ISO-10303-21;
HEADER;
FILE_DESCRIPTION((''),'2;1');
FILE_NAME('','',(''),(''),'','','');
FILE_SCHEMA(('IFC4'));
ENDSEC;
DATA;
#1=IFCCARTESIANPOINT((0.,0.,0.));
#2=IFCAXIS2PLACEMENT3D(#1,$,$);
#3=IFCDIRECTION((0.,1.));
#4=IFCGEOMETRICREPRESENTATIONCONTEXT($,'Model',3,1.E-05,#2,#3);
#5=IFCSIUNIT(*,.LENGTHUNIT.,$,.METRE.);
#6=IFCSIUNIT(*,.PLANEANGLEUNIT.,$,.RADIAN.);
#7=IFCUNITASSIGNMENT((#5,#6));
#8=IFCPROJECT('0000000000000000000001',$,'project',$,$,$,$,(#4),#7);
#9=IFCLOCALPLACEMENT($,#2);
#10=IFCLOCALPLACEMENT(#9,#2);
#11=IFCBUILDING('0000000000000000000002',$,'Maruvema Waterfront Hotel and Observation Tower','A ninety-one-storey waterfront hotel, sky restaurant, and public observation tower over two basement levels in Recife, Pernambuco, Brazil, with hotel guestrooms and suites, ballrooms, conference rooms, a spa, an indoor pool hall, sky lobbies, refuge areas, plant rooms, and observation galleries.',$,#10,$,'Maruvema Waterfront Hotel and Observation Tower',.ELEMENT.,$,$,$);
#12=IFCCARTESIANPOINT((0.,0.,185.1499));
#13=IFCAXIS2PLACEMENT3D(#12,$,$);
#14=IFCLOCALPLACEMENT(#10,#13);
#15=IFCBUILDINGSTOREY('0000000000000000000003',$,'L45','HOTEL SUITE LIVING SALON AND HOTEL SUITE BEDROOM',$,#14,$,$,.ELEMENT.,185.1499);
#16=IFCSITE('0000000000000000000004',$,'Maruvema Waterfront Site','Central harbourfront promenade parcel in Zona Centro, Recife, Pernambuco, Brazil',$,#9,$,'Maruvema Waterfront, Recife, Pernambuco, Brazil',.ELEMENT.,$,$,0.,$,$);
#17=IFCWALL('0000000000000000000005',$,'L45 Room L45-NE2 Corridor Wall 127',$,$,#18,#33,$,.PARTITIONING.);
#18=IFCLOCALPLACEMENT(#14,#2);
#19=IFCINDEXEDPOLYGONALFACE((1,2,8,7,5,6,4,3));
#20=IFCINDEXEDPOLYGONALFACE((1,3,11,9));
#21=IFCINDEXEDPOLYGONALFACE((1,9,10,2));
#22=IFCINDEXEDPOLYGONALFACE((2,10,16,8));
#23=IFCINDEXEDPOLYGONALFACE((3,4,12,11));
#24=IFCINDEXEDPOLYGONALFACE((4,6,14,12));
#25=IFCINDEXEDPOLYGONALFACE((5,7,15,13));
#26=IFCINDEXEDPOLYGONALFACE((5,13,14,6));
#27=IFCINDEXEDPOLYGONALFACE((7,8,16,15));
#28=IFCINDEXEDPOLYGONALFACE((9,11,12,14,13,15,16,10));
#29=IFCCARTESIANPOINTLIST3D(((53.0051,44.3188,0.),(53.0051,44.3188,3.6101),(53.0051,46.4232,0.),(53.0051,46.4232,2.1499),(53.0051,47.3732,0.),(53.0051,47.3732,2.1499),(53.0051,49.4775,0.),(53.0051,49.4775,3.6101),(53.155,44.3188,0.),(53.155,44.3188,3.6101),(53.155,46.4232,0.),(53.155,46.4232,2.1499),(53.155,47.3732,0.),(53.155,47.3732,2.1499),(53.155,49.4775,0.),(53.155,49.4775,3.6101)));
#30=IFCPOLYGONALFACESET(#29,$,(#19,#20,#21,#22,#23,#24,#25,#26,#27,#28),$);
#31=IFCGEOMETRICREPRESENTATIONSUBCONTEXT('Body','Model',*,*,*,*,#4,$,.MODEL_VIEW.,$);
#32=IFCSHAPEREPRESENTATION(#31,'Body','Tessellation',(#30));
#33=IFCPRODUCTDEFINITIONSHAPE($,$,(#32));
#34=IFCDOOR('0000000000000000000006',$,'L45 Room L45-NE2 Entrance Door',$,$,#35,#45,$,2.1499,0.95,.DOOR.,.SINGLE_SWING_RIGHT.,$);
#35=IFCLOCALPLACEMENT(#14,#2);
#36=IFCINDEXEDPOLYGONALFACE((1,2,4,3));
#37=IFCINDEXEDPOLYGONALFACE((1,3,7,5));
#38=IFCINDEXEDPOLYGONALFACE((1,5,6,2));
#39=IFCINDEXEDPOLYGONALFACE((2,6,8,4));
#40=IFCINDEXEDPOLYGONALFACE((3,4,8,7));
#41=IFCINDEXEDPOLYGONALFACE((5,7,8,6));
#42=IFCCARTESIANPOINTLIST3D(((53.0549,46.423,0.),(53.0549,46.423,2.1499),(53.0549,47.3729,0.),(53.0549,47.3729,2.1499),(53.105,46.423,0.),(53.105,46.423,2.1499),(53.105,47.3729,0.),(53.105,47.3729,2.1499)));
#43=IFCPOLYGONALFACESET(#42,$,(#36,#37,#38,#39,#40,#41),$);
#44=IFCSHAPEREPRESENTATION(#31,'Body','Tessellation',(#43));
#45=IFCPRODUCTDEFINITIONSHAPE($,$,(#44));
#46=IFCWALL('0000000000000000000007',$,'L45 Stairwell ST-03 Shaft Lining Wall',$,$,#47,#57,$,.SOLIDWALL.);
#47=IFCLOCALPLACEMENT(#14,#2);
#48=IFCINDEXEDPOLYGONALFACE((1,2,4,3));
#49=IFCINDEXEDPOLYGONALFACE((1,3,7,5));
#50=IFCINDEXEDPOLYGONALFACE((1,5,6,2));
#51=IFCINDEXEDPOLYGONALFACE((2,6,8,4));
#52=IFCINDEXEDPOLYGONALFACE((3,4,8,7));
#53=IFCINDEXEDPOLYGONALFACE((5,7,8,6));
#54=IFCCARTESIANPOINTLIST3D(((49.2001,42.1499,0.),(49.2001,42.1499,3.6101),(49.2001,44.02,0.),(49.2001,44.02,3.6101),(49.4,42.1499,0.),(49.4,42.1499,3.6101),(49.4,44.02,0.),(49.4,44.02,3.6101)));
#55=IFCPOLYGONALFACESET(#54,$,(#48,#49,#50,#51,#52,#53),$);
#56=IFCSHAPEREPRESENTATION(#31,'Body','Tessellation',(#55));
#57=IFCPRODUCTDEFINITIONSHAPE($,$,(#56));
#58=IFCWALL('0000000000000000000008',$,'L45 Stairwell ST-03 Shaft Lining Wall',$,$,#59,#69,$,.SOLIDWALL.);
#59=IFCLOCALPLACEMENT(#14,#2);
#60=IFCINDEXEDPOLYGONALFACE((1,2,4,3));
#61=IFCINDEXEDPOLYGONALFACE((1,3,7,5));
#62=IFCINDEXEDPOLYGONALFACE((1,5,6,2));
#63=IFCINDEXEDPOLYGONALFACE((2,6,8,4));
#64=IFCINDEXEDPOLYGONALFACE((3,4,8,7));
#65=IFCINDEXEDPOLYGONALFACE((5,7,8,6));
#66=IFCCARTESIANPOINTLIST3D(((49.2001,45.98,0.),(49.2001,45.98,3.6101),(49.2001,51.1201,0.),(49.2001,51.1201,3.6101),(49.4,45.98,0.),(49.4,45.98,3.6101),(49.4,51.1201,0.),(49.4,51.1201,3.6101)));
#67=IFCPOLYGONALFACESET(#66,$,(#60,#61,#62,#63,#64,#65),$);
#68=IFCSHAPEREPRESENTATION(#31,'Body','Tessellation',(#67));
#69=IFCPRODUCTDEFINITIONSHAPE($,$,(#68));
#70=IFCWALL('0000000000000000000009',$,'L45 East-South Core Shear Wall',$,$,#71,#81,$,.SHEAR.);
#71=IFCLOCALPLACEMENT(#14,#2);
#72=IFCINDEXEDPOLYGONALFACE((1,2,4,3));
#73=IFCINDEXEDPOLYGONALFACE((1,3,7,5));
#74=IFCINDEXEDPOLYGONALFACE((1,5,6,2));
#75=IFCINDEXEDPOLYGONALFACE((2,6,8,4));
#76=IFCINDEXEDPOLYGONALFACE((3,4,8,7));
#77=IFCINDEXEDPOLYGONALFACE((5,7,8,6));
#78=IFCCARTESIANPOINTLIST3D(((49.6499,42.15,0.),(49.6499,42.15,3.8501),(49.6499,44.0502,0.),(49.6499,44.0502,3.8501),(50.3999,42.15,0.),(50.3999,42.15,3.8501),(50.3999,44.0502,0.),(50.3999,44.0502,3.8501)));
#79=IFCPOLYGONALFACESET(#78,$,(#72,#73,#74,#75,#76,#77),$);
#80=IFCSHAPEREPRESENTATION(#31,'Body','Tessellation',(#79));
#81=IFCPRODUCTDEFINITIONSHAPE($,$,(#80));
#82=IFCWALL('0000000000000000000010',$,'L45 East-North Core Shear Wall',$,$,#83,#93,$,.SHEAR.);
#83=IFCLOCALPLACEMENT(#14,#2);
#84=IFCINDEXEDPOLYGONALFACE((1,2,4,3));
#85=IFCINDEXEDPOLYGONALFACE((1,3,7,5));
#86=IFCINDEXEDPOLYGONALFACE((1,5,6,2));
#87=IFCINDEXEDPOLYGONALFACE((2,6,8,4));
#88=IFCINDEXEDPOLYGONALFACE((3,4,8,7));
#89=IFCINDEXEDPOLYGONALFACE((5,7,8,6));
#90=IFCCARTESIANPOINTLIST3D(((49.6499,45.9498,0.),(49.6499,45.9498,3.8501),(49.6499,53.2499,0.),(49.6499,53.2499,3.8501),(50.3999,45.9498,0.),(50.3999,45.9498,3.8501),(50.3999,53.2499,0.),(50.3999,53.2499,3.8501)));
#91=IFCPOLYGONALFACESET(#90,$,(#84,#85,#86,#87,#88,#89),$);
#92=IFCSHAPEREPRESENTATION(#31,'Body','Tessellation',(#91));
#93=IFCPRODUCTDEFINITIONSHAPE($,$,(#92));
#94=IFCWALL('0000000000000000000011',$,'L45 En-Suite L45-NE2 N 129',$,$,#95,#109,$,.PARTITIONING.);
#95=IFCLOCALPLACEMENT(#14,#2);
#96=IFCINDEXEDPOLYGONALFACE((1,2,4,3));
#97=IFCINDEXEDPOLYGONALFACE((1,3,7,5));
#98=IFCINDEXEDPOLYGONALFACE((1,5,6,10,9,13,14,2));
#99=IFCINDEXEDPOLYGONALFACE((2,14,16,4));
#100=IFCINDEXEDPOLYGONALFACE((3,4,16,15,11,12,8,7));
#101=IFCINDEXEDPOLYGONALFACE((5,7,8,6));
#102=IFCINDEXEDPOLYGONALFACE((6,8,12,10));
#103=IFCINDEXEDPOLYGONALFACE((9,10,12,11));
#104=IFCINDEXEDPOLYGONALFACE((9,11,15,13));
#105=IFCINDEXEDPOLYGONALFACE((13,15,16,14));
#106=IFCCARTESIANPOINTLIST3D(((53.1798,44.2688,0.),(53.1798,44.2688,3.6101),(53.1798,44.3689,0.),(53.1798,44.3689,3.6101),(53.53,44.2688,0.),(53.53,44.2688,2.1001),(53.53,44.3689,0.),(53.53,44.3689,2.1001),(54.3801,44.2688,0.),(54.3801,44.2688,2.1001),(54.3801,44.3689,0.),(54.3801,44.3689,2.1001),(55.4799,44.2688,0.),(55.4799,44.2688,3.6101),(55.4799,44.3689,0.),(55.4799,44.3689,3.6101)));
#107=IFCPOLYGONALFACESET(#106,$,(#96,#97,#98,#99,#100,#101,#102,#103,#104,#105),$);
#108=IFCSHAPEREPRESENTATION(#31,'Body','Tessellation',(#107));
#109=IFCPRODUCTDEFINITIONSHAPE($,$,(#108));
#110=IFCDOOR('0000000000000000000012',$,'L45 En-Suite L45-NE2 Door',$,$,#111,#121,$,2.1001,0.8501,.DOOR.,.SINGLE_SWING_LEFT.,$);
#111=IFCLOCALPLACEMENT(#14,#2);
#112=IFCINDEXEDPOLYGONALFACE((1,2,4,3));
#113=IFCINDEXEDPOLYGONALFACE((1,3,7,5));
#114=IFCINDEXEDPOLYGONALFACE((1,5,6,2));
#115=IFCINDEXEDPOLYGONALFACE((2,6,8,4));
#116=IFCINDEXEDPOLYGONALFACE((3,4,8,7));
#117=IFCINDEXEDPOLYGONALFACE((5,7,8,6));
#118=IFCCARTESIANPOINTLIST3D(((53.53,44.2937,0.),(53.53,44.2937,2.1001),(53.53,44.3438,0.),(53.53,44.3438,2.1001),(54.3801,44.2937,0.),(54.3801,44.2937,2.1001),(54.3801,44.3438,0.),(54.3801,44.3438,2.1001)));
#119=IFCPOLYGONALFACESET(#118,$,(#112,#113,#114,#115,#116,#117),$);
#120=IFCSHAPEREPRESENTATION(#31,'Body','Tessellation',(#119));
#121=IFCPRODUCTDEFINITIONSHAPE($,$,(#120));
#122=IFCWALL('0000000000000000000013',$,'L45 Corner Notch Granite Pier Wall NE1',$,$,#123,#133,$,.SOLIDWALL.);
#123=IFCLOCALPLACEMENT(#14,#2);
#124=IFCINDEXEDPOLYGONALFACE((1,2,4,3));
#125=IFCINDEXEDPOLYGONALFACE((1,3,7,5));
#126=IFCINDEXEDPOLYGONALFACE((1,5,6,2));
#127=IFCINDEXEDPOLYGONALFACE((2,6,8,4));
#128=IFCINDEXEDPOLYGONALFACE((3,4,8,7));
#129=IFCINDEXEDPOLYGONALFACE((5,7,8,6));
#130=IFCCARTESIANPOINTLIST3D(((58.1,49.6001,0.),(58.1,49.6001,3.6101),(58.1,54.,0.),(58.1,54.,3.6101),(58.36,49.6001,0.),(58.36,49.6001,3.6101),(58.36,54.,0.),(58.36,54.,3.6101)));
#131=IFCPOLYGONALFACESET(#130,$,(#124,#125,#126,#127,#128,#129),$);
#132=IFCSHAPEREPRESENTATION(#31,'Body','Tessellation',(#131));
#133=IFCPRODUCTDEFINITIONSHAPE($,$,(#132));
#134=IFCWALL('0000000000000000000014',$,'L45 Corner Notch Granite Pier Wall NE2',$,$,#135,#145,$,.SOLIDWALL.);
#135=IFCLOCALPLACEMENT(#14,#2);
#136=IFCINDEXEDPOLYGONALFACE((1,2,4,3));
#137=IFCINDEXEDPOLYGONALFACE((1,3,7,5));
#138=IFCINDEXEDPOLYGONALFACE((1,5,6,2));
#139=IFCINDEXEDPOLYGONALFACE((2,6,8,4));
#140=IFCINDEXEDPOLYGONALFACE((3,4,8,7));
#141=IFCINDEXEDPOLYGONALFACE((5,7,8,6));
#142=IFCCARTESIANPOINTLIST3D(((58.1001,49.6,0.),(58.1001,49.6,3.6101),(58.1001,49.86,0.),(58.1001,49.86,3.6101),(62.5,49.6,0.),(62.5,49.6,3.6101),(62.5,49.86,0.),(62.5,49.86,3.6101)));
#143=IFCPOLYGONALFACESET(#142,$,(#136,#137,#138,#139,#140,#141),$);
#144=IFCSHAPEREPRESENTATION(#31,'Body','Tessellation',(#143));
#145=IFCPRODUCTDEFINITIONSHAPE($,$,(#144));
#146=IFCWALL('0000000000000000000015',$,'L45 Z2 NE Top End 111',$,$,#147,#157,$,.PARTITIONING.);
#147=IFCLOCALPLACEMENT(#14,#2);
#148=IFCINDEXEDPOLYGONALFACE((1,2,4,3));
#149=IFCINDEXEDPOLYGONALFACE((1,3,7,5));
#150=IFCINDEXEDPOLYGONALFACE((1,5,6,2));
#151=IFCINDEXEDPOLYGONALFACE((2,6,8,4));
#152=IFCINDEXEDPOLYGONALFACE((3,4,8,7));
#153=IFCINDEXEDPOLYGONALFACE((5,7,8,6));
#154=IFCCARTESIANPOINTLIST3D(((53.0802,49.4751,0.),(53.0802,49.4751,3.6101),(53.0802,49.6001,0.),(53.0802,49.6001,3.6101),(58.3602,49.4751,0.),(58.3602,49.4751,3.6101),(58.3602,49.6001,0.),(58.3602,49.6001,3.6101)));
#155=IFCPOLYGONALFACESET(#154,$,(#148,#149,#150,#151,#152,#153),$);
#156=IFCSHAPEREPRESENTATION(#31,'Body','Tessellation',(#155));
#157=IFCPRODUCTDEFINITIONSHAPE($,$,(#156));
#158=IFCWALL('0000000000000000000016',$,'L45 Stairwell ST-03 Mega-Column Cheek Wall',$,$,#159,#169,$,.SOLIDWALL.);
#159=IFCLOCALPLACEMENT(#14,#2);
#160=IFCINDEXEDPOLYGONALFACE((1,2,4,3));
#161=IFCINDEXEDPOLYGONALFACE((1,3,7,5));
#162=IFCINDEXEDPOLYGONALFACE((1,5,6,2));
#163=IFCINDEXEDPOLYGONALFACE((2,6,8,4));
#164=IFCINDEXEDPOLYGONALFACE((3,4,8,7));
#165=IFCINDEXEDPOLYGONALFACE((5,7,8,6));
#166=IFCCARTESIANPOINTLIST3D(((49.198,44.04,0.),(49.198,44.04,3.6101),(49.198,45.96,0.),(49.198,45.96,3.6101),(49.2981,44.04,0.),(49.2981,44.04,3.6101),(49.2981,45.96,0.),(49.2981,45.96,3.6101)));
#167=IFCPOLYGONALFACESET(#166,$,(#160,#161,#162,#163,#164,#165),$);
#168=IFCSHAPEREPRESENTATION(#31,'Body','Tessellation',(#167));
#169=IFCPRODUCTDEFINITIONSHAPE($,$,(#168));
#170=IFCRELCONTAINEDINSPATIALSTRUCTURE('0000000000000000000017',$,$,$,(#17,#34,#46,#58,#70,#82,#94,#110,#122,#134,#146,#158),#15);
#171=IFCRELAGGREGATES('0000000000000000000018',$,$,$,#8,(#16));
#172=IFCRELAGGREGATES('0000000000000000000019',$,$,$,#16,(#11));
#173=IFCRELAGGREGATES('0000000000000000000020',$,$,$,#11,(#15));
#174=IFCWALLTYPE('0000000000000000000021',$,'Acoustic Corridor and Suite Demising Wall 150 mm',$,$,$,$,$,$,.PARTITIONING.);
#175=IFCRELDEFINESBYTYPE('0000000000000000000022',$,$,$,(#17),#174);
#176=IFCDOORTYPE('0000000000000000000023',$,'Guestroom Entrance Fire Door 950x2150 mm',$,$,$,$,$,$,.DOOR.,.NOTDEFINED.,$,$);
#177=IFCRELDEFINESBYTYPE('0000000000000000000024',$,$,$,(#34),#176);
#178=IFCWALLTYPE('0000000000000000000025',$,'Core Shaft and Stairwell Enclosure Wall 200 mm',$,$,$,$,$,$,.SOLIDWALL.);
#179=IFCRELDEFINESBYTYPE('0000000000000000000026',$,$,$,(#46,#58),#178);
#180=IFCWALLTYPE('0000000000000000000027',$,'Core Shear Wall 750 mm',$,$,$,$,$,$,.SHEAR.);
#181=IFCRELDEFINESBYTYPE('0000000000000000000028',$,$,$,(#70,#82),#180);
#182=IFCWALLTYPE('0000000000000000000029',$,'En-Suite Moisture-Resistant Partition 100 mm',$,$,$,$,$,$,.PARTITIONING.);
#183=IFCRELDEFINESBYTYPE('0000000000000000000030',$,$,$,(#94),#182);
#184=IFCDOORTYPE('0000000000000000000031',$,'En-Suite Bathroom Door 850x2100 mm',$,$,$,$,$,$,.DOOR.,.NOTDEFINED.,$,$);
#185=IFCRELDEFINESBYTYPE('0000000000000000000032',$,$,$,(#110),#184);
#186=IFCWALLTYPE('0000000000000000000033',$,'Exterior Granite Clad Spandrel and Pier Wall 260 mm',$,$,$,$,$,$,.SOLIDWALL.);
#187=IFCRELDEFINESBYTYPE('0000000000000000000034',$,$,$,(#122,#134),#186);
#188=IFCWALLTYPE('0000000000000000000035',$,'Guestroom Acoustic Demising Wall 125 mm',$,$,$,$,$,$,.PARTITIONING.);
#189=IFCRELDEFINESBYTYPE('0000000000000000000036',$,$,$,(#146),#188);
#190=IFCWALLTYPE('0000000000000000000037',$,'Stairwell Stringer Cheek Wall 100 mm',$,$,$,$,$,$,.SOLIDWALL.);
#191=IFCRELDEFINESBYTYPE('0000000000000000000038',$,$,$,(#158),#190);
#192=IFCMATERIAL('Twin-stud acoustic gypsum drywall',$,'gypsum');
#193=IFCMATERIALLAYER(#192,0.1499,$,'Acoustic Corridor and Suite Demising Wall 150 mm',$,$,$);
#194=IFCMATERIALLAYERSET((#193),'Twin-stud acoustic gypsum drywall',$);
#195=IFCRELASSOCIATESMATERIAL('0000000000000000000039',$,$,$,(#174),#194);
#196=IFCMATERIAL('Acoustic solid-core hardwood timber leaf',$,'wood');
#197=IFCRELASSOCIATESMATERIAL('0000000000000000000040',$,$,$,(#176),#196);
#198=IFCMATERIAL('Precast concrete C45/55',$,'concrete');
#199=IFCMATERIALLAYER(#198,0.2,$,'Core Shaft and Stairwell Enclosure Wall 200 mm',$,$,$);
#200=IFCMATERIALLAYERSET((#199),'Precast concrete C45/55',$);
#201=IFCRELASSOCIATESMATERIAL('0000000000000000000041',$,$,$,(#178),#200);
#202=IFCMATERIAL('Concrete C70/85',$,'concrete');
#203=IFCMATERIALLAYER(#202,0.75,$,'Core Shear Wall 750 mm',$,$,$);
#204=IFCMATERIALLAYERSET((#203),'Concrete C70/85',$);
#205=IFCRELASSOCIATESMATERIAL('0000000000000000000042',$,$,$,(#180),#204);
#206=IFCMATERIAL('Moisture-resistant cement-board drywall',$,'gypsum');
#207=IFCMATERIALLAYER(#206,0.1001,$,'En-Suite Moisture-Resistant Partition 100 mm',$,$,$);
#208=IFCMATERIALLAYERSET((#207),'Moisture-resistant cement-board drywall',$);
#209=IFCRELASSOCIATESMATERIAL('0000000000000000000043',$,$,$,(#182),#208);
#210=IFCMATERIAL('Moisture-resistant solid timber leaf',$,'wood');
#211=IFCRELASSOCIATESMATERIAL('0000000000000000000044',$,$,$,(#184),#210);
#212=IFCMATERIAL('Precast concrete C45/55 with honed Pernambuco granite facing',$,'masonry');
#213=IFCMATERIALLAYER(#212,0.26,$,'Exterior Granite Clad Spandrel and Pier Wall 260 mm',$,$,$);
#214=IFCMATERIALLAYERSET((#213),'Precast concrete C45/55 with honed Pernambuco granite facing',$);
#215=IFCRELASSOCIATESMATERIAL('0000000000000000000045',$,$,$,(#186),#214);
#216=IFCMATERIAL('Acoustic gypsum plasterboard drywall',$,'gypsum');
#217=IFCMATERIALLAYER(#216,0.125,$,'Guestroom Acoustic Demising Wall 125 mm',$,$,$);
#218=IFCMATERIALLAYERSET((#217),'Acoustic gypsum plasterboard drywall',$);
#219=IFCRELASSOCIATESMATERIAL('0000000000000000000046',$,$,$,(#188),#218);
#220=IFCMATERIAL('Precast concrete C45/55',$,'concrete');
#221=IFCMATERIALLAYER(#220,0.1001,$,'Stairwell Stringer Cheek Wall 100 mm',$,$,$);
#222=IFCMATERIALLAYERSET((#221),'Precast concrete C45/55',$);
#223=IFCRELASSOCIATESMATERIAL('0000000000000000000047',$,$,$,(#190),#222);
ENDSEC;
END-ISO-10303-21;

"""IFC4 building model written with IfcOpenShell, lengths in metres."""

from ifc_helpers import new_model, si_unit, direction, frame, frame_2d, origin, place, context, subcontext, project, spatial, rectangle, extrude, material, layer, layer_set, type_object, element, fill, save


model = new_model("IFC4")

# Units and contexts
model_context = context("Model", 3, precision=1e-05, world=origin(), true_north=direction((0.0, 1.0)))
body_context = subcontext(model_context, "Body", "Model", "MODEL_VIEW")
ifc_project = project(units=[si_unit("LENGTHUNIT", "METRE"), si_unit("PLANEANGLEUNIT", "RADIAN")], contexts=[model_context])

# Site, building, storey
site_placement = place(None, origin())
site = spatial("IfcSite", under=ifc_project, at=site_placement, Name="Maruvema Waterfront Site", Description="Central harbourfront promenade parcel in Zona Centro, Recife, Pernambuco, Brazil", LongName="Maruvema Waterfront, Recife, Pernambuco, Brazil", CompositionType="ELEMENT", RefElevation=0.0)
building_placement = place(site_placement, origin())
building = spatial("IfcBuilding", under=site, at=building_placement, Name="Maruvema Waterfront Hotel and Observation Tower", Description="A ninety-one-storey waterfront hotel, sky restaurant, and public observation tower over two basement levels in Recife, Pernambuco, Brazil, with hotel guestrooms and suites, ballrooms, conference rooms, a spa, an indoor pool hall, sky lobbies, refuge areas, plant rooms, and observation galleries.", LongName="Maruvema Waterfront Hotel and Observation Tower", CompositionType="ELEMENT")
storey_placement = place(building_placement, frame((0.0, 0.0, 185.1499)))
storey = spatial("IfcBuildingStorey", under=building, at=storey_placement, Name="L45", Description="HOTEL SUITE LIVING SALON AND HOTEL SUITE BEDROOM", CompositionType="ELEMENT", Elevation=185.1499)

# Wall, opening, door
ifc_material_1 = material(Name="Twin-stud acoustic gypsum drywall", Category="gypsum")
ifc_layer_1 = layer(ifc_material_1, 0.1499, Name="Acoustic Corridor and Suite Demising Wall 150 mm")
ifc_layer_set_1 = layer_set([ifc_layer_1], Name="Twin-stud acoustic gypsum drywall")
wall_type_1 = type_object("IfcWallType", Name="Acoustic Corridor and Suite Demising Wall 150 mm", PredefinedType="PARTITIONING", material=ifc_layer_set_1)
wall_1_placement = place(storey_placement, frame((53.0801, 44.3188, 0.0), z_axis=(0.0, 0.0, 1.0), x_axis=(0.0, 1.0, 0.0)))
wall_1 = element("IfcWall", 1, at=wall_1_placement, inside=storey, type_object=wall_type_1, Name="L45 Room L45-NE2 Corridor Wall 127", PredefinedType="PARTITIONING", context=body_context, shape_type="SweptSolid", body=[
    extrude(rectangle(XDim=5.1587, YDim=0.1499, at=frame_2d((2.5793, 0.0))), origin(), (0.0, 0.0, 1.0), 3.6101),
])
opening_1_placement = place(wall_1_placement, frame((2.1042, 0.0, 0.0)))
opening_1 = element("IfcOpeningElement", 2, at=opening_1_placement, cuts=wall_1, PredefinedType="OPENING", context=body_context, shape_type="SweptSolid", body=[
    extrude(rectangle(XDim=0.95, YDim=2.1499, at=frame_2d((0.4751, 1.075))), frame((0.0, 0.085, 0.0), z_axis=(0.0, -1.0, 0.0), x_axis=(1.0, 0.0, 0.0)), (0.0, 0.0, 1.0), 0.1699),
])
ifc_material_2 = material(Name="Acoustic solid-core hardwood timber leaf", Category="wood")
door_type_1 = type_object("IfcDoorType", Name="Guestroom Entrance Fire Door 950x2150 mm", OperationType="NOTDEFINED", PredefinedType="DOOR", material=ifc_material_2)
door_1_placement = place(opening_1_placement, frame((0.95, 0.0, 0.0), z_axis=(0.0, 0.0, 1.0), x_axis=(-1.0, 0.0, 0.0)))
door_1 = element("IfcDoor", 3, at=door_1_placement, inside=storey, type_object=door_type_1, Name="L45 Room L45-NE2 Entrance Door", OperationType="SINGLE_SWING_RIGHT", OverallHeight=2.1499, OverallWidth=0.95, PredefinedType="DOOR", context=body_context, shape_type="SweptSolid", body=[
    extrude(rectangle(XDim=0.95, YDim=2.1499, at=frame_2d((0.4751, 1.075))), frame((0.0, 0.0249, 0.0), z_axis=(0.0, -1.0, 0.0), x_axis=(1.0, 0.0, 0.0)), (0.0, 0.0, 1.0), 0.05),
])
fill(opening_1, door_1)

# Walls
ifc_material_3 = material(Name="Precast concrete C45/55", Category="concrete")
ifc_layer_2 = layer(ifc_material_3, 0.2, Name="Core Shaft and Stairwell Enclosure Wall 200 mm")
ifc_layer_set_2 = layer_set([ifc_layer_2], Name="Precast concrete C45/55")
wall_type_2 = type_object("IfcWallType", Name="Core Shaft and Stairwell Enclosure Wall 200 mm", PredefinedType="SOLIDWALL", material=ifc_layer_set_2)
wall_2_placement = place(storey_placement, frame((49.3, 42.1499, 0.0), z_axis=(0.0, 0.0, 1.0), x_axis=(0.0, 1.0, 0.0)))
element("IfcWall", 4, at=wall_2_placement, inside=storey, type_object=wall_type_2, Name="L45 Stairwell ST-03 Shaft Lining Wall", PredefinedType="SOLIDWALL", context=body_context, shape_type="SweptSolid", body=[
    extrude(rectangle(XDim=1.8701, YDim=0.2, at=frame_2d((0.9351, 0.0))), origin(), (0.0, 0.0, 1.0), 3.6101),
])
wall_3_placement = place(storey_placement, frame((49.3, 45.98, 0.0), z_axis=(0.0, 0.0, 1.0), x_axis=(0.0, 1.0, 0.0)))
element("IfcWall", 5, at=wall_3_placement, inside=storey, type_object=wall_type_2, Name="L45 Stairwell ST-03 Shaft Lining Wall", PredefinedType="SOLIDWALL", context=body_context, shape_type="SweptSolid", body=[
    extrude(rectangle(XDim=5.1401, YDim=0.2, at=frame_2d((2.5701, 0.0))), origin(), (0.0, 0.0, 1.0), 3.6101),
])
ifc_material_4 = material(Name="Concrete C70/85", Category="concrete")
ifc_layer_3 = layer(ifc_material_4, 0.75, Name="Core Shear Wall 750 mm")
ifc_layer_set_3 = layer_set([ifc_layer_3], Name="Concrete C70/85")
wall_type_3 = type_object("IfcWallType", Name="Core Shear Wall 750 mm", PredefinedType="SHEAR", material=ifc_layer_set_3)
wall_4_placement = place(storey_placement, frame((50.0249, 42.1499, 0.0), z_axis=(0.0, 0.0, 1.0), x_axis=(0.0, 1.0, 0.0)))
element("IfcWall", 6, at=wall_4_placement, inside=storey, type_object=wall_type_3, Name="L45 East-South Core Shear Wall", PredefinedType="SHEAR", context=body_context, shape_type="SweptSolid", body=[
    extrude(rectangle(XDim=1.9001, YDim=0.75, at=frame_2d((0.9502, 0.0))), origin(), (0.0, 0.0, 1.0), 3.8501),
])
wall_5_placement = place(storey_placement, frame((50.0249, 45.95, 0.0), z_axis=(0.0, 0.0, 1.0), x_axis=(0.0, 1.0, 0.0)))
element("IfcWall", 7, at=wall_5_placement, inside=storey, type_object=wall_type_3, Name="L45 East-North Core Shear Wall", PredefinedType="SHEAR", context=body_context, shape_type="SweptSolid", body=[
    extrude(rectangle(XDim=7.3, YDim=0.75, at=frame_2d((3.6499, 0.0))), origin(), (0.0, 0.0, 1.0), 3.8501),
])

# Wall, opening, door
ifc_material_5 = material(Name="Moisture-resistant cement-board drywall", Category="gypsum")
ifc_layer_4 = layer(ifc_material_5, 0.1001, Name="En-Suite Moisture-Resistant Partition 100 mm")
ifc_layer_set_4 = layer_set([ifc_layer_4], Name="Moisture-resistant cement-board drywall")
wall_type_4 = type_object("IfcWallType", Name="En-Suite Moisture-Resistant Partition 100 mm", PredefinedType="PARTITIONING", material=ifc_layer_set_4)
wall_6_placement = place(storey_placement, frame((53.1799, 44.3188, 0.0), z_axis=(0.0, 0.0, 1.0), x_axis=(1.0, 0.0, 0.0)))
wall_6 = element("IfcWall", 8, at=wall_6_placement, inside=storey, type_object=wall_type_4, Name="L45 En-Suite L45-NE2 N 129", PredefinedType="PARTITIONING", context=body_context, shape_type="SweptSolid", body=[
    extrude(rectangle(XDim=2.3, YDim=0.1001, at=frame_2d((1.1499, 0.0))), origin(), (0.0, 0.0, 1.0), 3.6101),
])
opening_2_placement = place(wall_6_placement, frame((0.3501, 0.0, 0.0)))
opening_2 = element("IfcOpeningElement", 9, at=opening_2_placement, cuts=wall_6, PredefinedType="OPENING", context=body_context, shape_type="SweptSolid", body=[
    extrude(rectangle(XDim=0.8501, YDim=2.1001, at=frame_2d((0.425, 1.05))), frame((0.0, 0.0601, 0.0), z_axis=(0.0, -1.0, 0.0), x_axis=(1.0, 0.0, 0.0)), (0.0, 0.0, 1.0), 0.1201),
])
ifc_material_6 = material(Name="Moisture-resistant solid timber leaf", Category="wood")
door_type_2 = type_object("IfcDoorType", Name="En-Suite Bathroom Door 850x2100 mm", OperationType="NOTDEFINED", PredefinedType="DOOR", material=ifc_material_6)
door_2_placement = place(opening_2_placement, origin())
door_2 = element("IfcDoor", 10, at=door_2_placement, inside=storey, type_object=door_type_2, Name="L45 En-Suite L45-NE2 Door", OperationType="SINGLE_SWING_LEFT", OverallHeight=2.1001, OverallWidth=0.8501, PredefinedType="DOOR", context=body_context, shape_type="SweptSolid", body=[
    extrude(rectangle(XDim=0.8501, YDim=2.1001, at=frame_2d((0.425, 1.05))), frame((0.0, 0.0249, 0.0), z_axis=(0.0, -1.0, 0.0), x_axis=(1.0, 0.0, 0.0)), (0.0, 0.0, 1.0), 0.05),
])
fill(opening_2, door_2)

# Walls
ifc_material_7 = material(Name="Precast concrete C45/55 with honed Pernambuco granite facing", Category="masonry")
ifc_layer_5 = layer(ifc_material_7, 0.26, Name="Exterior Granite Clad Spandrel and Pier Wall 260 mm")
ifc_layer_set_5 = layer_set([ifc_layer_5], Name="Precast concrete C45/55 with honed Pernambuco granite facing")
wall_type_5 = type_object("IfcWallType", Name="Exterior Granite Clad Spandrel and Pier Wall 260 mm", PredefinedType="SOLIDWALL", material=ifc_layer_set_5)
for number, where, z_axis, x_axis, name in (
    (11, (58.23, 54.0, 0.0), (0.0, 0.0, 1.0), (0.0, -1.0, 0.0), "L45 Corner Notch Granite Pier Wall NE1"),
    (12, (58.1001, 49.73, 0.0), (0.0, 0.0, 1.0), (1.0, 0.0, 0.0), "L45 Corner Notch Granite Pier Wall NE2"),
):
    element("IfcWall", number, at=place(storey_placement, frame(where, z_axis=z_axis, x_axis=x_axis)), inside=storey, type_object=wall_type_5, Name=name, PredefinedType="SOLIDWALL", context=body_context, shape_type="SweptSolid", body=[
        extrude(rectangle(XDim=4.3999, YDim=0.26, at=frame_2d((2.2, 0.0))), origin(), (0.0, 0.0, 1.0), 3.6101),
    ])
ifc_material_8 = material(Name="Acoustic gypsum plasterboard drywall", Category="gypsum")
ifc_layer_6 = layer(ifc_material_8, 0.125, Name="Guestroom Acoustic Demising Wall 125 mm")
ifc_layer_set_6 = layer_set([ifc_layer_6], Name="Acoustic gypsum plasterboard drywall")
wall_type_6 = type_object("IfcWallType", Name="Guestroom Acoustic Demising Wall 125 mm", PredefinedType="PARTITIONING", material=ifc_layer_set_6)
wall_7_placement = place(storey_placement, frame((53.0801, 49.5376, 0.0), z_axis=(0.0, 0.0, 1.0), x_axis=(1.0, 0.0, 0.0)))
element("IfcWall", 13, at=wall_7_placement, inside=storey, type_object=wall_type_6, Name="L45 Z2 NE Top End 111", PredefinedType="PARTITIONING", context=body_context, shape_type="SweptSolid", body=[
    extrude(rectangle(XDim=5.28, YDim=0.125, at=frame_2d((2.6401, 0.0))), origin(), (0.0, 0.0, 1.0), 3.6101),
])
ifc_material_9 = material(Name="Precast concrete C45/55", Category="concrete")
ifc_layer_7 = layer(ifc_material_9, 0.1001, Name="Stairwell Stringer Cheek Wall 100 mm")
ifc_layer_set_7 = layer_set([ifc_layer_7], Name="Precast concrete C45/55")
wall_type_7 = type_object("IfcWallType", Name="Stairwell Stringer Cheek Wall 100 mm", PredefinedType="SOLIDWALL", material=ifc_layer_set_7)
wall_8_placement = place(storey_placement, frame((49.248, 44.04, 0.0), z_axis=(0.0, 0.0, 1.0), x_axis=(0.0, 1.0, 0.0)))
element("IfcWall", 14, at=wall_8_placement, inside=storey, type_object=wall_type_7, Name="L45 Stairwell ST-03 Mega-Column Cheek Wall", PredefinedType="SOLIDWALL", context=body_context, shape_type="SweptSolid", body=[
    extrude(rectangle(XDim=1.9199, YDim=0.1001, at=frame_2d((0.96, 0.0))), origin(), (0.0, 0.0, 1.0), 3.6101),
])

save(model, "model.ifc")
